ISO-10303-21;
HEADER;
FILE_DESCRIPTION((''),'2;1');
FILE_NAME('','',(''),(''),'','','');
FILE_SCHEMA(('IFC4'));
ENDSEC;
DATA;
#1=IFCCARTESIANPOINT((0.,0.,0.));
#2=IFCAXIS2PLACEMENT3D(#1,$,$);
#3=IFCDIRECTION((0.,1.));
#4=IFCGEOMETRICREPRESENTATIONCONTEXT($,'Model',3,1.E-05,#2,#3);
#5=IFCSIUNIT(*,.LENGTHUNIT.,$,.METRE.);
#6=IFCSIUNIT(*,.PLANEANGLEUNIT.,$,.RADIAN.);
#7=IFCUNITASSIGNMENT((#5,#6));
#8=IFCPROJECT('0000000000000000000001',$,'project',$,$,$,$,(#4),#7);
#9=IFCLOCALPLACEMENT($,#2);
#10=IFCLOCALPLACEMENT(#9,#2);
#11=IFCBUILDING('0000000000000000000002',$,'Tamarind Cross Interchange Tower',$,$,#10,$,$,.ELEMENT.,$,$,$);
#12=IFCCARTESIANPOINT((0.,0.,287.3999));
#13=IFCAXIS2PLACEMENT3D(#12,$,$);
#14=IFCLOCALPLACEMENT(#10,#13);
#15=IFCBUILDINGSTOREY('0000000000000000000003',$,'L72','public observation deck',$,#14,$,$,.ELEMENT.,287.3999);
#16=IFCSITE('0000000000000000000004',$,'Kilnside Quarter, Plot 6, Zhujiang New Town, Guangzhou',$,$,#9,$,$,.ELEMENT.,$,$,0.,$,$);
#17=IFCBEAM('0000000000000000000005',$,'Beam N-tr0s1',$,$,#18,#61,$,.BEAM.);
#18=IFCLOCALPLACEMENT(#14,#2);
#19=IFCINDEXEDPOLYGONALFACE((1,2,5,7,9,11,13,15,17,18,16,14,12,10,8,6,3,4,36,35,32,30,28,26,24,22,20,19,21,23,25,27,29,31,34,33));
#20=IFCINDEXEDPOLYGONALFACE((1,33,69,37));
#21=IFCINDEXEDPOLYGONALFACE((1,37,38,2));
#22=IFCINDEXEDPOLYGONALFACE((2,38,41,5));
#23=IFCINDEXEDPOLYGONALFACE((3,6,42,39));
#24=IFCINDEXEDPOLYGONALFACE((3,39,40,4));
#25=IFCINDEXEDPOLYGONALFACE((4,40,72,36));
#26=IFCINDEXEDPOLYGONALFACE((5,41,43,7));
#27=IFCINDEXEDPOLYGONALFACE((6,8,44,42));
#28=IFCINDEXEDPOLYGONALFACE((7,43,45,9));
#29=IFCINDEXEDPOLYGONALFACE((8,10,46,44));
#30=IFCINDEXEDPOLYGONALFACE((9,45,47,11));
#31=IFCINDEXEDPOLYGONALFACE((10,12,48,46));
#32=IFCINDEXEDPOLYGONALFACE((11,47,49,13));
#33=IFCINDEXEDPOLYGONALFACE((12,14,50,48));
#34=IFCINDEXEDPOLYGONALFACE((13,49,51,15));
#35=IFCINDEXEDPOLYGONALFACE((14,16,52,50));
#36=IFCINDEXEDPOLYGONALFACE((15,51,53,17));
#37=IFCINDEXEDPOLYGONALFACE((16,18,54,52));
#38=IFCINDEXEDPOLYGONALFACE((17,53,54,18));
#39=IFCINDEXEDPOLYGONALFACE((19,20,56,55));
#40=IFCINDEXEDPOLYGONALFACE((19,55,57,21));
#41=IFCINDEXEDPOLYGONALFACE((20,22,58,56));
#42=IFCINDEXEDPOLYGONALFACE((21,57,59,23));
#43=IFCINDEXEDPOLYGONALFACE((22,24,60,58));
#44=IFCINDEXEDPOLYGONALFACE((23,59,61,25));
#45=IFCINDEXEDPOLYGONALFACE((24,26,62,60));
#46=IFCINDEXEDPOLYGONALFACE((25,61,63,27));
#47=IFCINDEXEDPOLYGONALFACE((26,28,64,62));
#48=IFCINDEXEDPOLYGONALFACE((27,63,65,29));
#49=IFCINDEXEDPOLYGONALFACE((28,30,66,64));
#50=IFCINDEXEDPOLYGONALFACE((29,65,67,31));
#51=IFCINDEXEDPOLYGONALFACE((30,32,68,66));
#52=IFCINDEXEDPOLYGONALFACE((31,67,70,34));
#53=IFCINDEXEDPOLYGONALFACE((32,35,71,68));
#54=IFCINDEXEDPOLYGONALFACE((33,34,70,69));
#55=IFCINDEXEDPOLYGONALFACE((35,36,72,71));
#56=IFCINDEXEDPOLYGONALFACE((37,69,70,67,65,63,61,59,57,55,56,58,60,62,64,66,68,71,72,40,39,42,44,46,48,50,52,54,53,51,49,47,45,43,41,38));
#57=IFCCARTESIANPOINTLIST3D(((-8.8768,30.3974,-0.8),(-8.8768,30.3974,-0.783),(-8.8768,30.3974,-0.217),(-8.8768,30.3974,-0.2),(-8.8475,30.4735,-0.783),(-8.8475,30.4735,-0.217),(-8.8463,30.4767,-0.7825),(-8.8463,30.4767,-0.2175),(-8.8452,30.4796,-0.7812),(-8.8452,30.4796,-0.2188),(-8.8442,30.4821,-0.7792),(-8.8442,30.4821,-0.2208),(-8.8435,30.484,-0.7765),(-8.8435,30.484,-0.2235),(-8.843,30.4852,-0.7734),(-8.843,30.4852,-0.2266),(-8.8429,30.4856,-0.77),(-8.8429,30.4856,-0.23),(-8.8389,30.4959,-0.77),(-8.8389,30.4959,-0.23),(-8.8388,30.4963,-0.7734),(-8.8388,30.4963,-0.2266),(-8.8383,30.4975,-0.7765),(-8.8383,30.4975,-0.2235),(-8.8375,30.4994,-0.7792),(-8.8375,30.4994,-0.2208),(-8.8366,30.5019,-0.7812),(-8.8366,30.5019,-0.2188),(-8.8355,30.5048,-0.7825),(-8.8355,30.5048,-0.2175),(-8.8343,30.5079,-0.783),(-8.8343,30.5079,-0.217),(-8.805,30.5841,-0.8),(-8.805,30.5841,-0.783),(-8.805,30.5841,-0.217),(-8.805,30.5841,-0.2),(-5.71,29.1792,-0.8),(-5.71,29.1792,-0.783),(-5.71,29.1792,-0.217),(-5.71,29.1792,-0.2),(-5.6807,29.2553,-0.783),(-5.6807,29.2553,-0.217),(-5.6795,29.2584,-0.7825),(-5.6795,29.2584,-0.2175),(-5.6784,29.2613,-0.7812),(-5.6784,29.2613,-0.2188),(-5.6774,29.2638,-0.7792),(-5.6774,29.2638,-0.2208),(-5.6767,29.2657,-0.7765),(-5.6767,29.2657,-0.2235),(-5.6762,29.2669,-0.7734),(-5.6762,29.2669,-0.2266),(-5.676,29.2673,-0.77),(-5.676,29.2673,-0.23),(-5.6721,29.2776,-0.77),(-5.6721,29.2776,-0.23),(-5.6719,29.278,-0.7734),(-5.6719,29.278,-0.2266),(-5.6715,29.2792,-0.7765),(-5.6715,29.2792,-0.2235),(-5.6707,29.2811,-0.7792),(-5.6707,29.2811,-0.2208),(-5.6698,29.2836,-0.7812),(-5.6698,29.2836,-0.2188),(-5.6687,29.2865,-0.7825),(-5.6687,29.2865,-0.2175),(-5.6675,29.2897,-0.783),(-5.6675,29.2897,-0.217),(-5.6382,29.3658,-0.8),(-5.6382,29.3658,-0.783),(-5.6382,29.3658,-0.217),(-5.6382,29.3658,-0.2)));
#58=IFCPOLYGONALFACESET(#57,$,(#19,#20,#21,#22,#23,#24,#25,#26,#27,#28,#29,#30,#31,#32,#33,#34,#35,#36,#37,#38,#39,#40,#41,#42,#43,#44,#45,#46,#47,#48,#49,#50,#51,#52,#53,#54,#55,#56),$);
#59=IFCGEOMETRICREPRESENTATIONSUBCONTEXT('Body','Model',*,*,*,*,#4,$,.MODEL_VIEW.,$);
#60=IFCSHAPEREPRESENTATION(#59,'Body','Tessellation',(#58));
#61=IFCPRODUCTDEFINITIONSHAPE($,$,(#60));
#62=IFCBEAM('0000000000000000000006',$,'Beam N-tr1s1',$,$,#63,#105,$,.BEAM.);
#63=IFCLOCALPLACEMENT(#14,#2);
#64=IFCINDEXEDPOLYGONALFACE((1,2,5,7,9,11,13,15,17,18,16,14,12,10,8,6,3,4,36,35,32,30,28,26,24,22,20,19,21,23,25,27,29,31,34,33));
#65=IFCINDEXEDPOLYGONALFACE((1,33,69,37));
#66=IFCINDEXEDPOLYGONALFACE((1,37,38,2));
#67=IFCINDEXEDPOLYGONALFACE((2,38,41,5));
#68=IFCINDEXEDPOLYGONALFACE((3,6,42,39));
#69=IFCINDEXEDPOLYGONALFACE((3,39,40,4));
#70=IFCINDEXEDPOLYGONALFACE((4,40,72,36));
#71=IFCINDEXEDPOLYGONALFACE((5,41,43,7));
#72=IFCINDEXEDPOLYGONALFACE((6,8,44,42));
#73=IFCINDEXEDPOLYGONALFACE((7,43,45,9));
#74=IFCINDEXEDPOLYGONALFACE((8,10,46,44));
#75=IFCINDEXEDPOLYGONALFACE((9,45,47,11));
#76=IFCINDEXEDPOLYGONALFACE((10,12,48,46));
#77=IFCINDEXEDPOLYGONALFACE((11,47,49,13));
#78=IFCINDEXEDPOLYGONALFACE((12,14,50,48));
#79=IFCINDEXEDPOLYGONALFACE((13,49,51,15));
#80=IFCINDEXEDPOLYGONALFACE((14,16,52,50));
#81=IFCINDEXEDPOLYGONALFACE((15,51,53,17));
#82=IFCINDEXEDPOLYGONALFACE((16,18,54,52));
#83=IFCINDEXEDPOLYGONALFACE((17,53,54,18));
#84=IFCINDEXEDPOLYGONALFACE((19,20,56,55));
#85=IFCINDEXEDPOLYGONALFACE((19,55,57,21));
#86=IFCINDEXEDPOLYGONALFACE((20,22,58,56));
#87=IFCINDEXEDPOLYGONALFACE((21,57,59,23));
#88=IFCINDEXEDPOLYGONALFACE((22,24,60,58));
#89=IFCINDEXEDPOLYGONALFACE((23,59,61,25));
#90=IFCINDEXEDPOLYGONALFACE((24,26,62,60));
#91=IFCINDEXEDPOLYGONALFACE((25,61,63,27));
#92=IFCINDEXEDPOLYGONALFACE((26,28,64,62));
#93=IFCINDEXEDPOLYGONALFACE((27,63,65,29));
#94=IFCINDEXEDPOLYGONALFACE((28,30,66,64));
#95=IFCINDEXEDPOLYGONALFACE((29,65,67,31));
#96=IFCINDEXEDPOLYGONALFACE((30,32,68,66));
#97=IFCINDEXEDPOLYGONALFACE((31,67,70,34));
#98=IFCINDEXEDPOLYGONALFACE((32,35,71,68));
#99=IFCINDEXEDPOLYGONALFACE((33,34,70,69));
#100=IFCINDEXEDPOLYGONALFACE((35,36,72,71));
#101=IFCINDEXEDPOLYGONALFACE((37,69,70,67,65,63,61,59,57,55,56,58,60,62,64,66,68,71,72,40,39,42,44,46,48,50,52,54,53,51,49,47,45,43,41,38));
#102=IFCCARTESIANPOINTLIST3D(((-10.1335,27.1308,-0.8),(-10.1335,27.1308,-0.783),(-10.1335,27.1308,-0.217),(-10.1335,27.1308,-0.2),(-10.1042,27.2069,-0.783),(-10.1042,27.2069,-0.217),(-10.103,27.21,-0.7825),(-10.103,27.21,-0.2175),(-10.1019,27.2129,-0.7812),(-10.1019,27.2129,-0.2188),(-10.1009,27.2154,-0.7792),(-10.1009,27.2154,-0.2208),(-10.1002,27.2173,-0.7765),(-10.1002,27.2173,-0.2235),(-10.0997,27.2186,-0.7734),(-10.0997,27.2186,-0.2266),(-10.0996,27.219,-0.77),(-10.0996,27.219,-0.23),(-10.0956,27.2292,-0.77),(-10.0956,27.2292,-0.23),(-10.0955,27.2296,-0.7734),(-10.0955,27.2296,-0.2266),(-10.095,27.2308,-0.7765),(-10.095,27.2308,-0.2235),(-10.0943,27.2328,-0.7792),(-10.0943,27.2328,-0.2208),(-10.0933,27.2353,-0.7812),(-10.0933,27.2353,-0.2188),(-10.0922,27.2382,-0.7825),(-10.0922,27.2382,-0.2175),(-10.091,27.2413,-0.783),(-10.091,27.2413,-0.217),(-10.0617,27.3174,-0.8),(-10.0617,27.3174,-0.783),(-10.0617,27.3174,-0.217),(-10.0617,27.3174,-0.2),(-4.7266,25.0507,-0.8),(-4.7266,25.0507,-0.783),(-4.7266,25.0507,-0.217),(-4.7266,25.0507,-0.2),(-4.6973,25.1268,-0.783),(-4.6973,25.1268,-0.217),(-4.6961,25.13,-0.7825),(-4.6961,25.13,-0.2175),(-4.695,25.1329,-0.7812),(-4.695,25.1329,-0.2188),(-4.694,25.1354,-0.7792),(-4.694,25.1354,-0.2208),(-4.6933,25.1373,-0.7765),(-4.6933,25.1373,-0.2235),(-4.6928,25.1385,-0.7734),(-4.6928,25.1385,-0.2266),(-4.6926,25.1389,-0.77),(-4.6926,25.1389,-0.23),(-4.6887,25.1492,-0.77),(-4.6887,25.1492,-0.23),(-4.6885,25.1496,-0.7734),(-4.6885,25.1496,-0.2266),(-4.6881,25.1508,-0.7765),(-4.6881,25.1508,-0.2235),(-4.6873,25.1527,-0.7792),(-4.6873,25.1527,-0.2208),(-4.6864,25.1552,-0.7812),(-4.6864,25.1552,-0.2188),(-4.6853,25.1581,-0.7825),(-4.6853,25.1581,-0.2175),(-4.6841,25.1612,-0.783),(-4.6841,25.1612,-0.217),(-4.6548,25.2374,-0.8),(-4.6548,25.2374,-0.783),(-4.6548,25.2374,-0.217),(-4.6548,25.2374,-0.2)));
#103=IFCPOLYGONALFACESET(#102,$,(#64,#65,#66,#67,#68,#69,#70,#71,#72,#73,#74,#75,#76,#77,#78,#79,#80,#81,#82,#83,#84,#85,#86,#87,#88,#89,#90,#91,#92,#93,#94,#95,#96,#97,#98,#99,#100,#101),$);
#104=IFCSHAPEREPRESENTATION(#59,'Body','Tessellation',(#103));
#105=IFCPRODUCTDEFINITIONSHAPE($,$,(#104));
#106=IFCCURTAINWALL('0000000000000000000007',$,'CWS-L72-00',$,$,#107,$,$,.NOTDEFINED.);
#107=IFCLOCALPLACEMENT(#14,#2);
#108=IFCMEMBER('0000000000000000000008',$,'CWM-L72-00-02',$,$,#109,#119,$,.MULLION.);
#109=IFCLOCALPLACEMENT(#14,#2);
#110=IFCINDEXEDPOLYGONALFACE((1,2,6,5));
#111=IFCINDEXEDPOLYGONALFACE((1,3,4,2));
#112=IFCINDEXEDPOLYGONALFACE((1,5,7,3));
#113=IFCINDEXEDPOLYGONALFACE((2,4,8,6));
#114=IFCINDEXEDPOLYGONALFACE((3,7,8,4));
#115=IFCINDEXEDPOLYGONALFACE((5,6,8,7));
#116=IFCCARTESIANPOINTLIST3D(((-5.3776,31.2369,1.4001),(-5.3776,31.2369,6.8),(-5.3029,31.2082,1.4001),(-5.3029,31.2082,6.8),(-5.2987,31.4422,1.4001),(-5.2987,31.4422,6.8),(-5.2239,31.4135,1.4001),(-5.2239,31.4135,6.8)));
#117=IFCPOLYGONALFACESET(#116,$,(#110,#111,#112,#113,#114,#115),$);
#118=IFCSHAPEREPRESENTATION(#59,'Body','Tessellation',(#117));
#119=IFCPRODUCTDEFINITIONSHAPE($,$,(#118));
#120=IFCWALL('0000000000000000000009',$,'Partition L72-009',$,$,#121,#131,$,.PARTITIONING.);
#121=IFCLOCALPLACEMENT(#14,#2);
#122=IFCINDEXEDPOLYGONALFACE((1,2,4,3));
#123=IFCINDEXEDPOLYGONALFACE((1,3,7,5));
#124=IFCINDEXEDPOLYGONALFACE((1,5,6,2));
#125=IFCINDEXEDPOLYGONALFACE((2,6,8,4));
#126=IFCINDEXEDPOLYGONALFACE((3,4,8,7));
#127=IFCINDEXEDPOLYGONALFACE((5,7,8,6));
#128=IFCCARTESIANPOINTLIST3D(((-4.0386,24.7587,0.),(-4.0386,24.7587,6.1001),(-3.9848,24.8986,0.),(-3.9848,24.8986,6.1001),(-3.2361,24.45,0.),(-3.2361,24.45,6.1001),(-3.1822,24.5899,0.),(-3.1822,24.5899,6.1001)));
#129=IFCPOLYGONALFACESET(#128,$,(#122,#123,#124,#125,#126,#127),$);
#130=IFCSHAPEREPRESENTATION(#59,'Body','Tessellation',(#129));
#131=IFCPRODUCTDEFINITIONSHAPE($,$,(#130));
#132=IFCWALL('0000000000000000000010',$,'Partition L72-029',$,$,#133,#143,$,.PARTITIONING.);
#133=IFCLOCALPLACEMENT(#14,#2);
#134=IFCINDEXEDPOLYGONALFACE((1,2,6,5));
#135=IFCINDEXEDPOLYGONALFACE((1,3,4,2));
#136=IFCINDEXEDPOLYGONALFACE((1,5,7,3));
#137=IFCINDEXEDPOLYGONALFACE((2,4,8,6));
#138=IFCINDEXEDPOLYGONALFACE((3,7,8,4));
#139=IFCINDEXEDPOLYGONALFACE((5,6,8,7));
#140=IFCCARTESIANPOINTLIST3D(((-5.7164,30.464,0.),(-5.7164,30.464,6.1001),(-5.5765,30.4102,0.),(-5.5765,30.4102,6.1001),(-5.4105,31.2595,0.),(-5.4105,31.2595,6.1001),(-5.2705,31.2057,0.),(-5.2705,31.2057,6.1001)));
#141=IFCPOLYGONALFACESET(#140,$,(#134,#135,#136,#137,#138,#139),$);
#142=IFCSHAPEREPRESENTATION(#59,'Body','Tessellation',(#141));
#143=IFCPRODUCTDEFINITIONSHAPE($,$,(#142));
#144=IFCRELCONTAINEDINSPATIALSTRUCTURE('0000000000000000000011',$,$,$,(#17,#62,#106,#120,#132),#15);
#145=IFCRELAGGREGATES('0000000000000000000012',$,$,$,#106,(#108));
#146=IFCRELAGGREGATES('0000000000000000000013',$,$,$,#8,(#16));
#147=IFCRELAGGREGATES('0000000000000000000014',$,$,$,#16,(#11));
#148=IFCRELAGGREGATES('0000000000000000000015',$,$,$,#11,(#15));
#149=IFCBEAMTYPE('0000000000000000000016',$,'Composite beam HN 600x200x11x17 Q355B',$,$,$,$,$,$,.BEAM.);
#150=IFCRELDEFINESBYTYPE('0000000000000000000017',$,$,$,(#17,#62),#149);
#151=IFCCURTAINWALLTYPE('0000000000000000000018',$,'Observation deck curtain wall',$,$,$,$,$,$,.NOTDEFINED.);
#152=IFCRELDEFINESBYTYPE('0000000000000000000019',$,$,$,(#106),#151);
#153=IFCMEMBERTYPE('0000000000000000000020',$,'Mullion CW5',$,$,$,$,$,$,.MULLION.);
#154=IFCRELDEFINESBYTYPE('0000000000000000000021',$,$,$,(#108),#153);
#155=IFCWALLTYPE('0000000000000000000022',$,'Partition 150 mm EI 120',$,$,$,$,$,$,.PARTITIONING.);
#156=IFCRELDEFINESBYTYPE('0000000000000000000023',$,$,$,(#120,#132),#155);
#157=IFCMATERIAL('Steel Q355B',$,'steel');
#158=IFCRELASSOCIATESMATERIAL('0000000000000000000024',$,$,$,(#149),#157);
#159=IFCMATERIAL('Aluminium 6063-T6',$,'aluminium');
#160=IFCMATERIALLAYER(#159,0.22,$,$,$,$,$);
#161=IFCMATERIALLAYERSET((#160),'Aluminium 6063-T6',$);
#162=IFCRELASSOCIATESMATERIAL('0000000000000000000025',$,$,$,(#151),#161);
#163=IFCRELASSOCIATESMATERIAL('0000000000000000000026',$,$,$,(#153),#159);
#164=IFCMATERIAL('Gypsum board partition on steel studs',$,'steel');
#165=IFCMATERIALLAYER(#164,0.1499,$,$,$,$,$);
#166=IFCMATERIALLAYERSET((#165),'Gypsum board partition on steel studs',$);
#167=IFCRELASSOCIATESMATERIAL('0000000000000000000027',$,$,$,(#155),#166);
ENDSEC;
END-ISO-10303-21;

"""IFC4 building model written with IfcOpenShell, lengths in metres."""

from ifc_helpers import new_model, si_unit, direction, frame, frame_2d, origin, origin_2d, place, context, subcontext, project, spatial, rectangle, i_section, extrude, material, layer, layer_set, material_profile, profile_set, type_object, element, aggregate, save


model = new_model("IFC4")

# Units and contexts
model_context = context("Model", 3, precision=1e-05, world=origin(), true_north=direction((0.0, 1.0)))
body_context = subcontext(model_context, "Body", "Model", "MODEL_VIEW")
ifc_project = project(units=[si_unit("LENGTHUNIT", "METRE"), si_unit("PLANEANGLEUNIT", "RADIAN")], contexts=[model_context])

# Site, building, storey
site_placement = place(None, origin())
site = spatial("IfcSite", under=ifc_project, at=site_placement, Name="Kilnside Quarter, Plot 6, Zhujiang New Town, Guangzhou", CompositionType="ELEMENT", RefElevation=0.0)
building_placement = place(site_placement, origin())
building = spatial("IfcBuilding", under=site, at=building_placement, Name="Tamarind Cross Interchange Tower", CompositionType="ELEMENT")
storey_placement = place(building_placement, frame((0.0, 0.0, 287.3999)))
storey = spatial("IfcBuildingStorey", under=building, at=storey_placement, Name="L72", Description="public observation deck", CompositionType="ELEMENT", Elevation=287.3999)

# Beams
ifc_material_1 = material(Name="Steel Q355B", Category="steel")
ifc_material_profile_1 = material_profile(ifc_material_1, i_section(OverallWidth=0.2, OverallDepth=0.6001, WebThickness=0.011, FlangeThickness=0.0171, FilletRadius=0.0129, at=origin_2d()), Name="HN 600x200x11x17")
ifc_profile_set_1 = profile_set([ifc_material_profile_1], Name="Steel Q355B")
beam_type = type_object("IfcBeamType", Name="Composite beam HN 600x200x11x17 Q355B", PredefinedType="BEAM", material=ifc_profile_set_1)
beam_1_placement = place(storey_placement, frame((-5.6741, 29.2725, -0.5), z_axis=(-0.933318, 0.359051, 0.0), x_axis=(-0.359051, -0.933318, 0.0)))
element("IfcBeam", 1, at=beam_1_placement, inside=storey, type_object=beam_type, Name="Beam N-tr0s1", PredefinedType="BEAM", context=body_context, shape_type="SweptSolid", body=[
    extrude(i_section(OverallWidth=0.2, OverallDepth=0.6001, WebThickness=0.011, FlangeThickness=0.0171, FilletRadius=0.0129, at=origin_2d()), origin(), (0.0, 0.0, 1.0), 3.3931),
])
beam_2_placement = place(storey_placement, frame((-4.6907, 25.144, -0.5), z_axis=(-0.933318, 0.35905, 0.0), x_axis=(-0.35905, -0.933318, 0.0)))
element("IfcBeam", 2, at=beam_2_placement, inside=storey, type_object=beam_type, Name="Beam N-tr1s1", PredefinedType="BEAM", context=body_context, shape_type="SweptSolid", body=[
    extrude(i_section(OverallWidth=0.2, OverallDepth=0.6001, WebThickness=0.011, FlangeThickness=0.0171, FilletRadius=0.0129, at=origin_2d()), origin(), (0.0, 0.0, 1.0), 5.7932),
])

# Curtain wall, member
ifc_material_2 = material(Name="Aluminium 6063-T6", Category="aluminium")
ifc_layer_1 = layer(ifc_material_2, 0.22)
ifc_layer_set_1 = layer_set([ifc_layer_1], Name="Aluminium 6063-T6")
curtain_wall_type = type_object("IfcCurtainWallType", Name="Observation deck curtain wall", PredefinedType="NOTDEFINED", material=ifc_layer_set_1)
curtain_wall_placement = place(storey_placement, origin())
curtain_wall = element("IfcCurtainWall", 3, at=curtain_wall_placement, inside=storey, type_object=curtain_wall_type, Name="CWS-L72-00", PredefinedType="NOTDEFINED")
ifc_material_profile_2 = material_profile(ifc_material_2, rectangle(XDim=0.0801, YDim=0.22, at=origin_2d()), Name="Mullion CW5")
ifc_profile_set_2 = profile_set([ifc_material_profile_2], Name="Aluminium 6063-T6")
member_type = type_object("IfcMemberType", Name="Mullion CW5", PredefinedType="MULLION", material=ifc_profile_set_2)
member_placement = place(storey_placement, frame((-5.3008, 31.3252, 1.4001), z_axis=(0.0, 0.0, 1.0), x_axis=(-0.93331, 0.359072, 0.0)))
member = element("IfcMember", 4, at=member_placement, type_object=member_type, Name="CWM-L72-00-02", PredefinedType="MULLION", context=body_context, shape_type="SweptSolid", body=[
    extrude(rectangle(XDim=0.0801, YDim=0.22, at=origin_2d()), origin(), (0.0, 0.0, 1.0), 5.3999),
])
aggregate(curtain_wall, [member])

# Walls
ifc_material_3 = material(Name="Gypsum board partition on steel studs", Category="steel")
ifc_layer_2 = layer(ifc_material_3, 0.1499)
ifc_layer_set_2 = layer_set([ifc_layer_2], Name="Gypsum board partition on steel studs")
wall_type_1 = type_object("IfcWallType", Name="Partition 150 mm EI 120", PredefinedType="PARTITIONING", material=ifc_layer_set_2)
wall_1_placement = place(storey_placement, frame((-4.0117, 24.8286, 0.0), z_axis=(0.0, 0.0, 1.0), x_axis=(0.933368, -0.358922, 0.0)))
element("IfcWall", 5, at=wall_1_placement, inside=storey, type_object=wall_type_1, Name="Partition L72-009", PredefinedType="PARTITIONING", context=body_context, shape_type="SweptSolid", body=[
    extrude(rectangle(XDim=0.8599, YDim=0.1499, at=frame_2d((0.4299, 0.0))), origin(), (0.0, 0.0, 1.0), 6.1001),
])
wall_2_placement = place(storey_placement, frame((-5.6465, 30.437, 0.0), z_axis=(0.0, 0.0, 1.0), x_axis=(0.35896, 0.933353, 0.0)))
element("IfcWall", 6, at=wall_2_placement, inside=storey, type_object=wall_type_1, Name="Partition L72-029", PredefinedType="PARTITIONING", context=body_context, shape_type="SweptSolid", body=[
    extrude(rectangle(XDim=0.8523, YDim=0.1499, at=frame_2d((0.4263, 0.0))), origin(), (0.0, 0.0, 1.0), 6.1001),
])

save(model, "model.ifc")
